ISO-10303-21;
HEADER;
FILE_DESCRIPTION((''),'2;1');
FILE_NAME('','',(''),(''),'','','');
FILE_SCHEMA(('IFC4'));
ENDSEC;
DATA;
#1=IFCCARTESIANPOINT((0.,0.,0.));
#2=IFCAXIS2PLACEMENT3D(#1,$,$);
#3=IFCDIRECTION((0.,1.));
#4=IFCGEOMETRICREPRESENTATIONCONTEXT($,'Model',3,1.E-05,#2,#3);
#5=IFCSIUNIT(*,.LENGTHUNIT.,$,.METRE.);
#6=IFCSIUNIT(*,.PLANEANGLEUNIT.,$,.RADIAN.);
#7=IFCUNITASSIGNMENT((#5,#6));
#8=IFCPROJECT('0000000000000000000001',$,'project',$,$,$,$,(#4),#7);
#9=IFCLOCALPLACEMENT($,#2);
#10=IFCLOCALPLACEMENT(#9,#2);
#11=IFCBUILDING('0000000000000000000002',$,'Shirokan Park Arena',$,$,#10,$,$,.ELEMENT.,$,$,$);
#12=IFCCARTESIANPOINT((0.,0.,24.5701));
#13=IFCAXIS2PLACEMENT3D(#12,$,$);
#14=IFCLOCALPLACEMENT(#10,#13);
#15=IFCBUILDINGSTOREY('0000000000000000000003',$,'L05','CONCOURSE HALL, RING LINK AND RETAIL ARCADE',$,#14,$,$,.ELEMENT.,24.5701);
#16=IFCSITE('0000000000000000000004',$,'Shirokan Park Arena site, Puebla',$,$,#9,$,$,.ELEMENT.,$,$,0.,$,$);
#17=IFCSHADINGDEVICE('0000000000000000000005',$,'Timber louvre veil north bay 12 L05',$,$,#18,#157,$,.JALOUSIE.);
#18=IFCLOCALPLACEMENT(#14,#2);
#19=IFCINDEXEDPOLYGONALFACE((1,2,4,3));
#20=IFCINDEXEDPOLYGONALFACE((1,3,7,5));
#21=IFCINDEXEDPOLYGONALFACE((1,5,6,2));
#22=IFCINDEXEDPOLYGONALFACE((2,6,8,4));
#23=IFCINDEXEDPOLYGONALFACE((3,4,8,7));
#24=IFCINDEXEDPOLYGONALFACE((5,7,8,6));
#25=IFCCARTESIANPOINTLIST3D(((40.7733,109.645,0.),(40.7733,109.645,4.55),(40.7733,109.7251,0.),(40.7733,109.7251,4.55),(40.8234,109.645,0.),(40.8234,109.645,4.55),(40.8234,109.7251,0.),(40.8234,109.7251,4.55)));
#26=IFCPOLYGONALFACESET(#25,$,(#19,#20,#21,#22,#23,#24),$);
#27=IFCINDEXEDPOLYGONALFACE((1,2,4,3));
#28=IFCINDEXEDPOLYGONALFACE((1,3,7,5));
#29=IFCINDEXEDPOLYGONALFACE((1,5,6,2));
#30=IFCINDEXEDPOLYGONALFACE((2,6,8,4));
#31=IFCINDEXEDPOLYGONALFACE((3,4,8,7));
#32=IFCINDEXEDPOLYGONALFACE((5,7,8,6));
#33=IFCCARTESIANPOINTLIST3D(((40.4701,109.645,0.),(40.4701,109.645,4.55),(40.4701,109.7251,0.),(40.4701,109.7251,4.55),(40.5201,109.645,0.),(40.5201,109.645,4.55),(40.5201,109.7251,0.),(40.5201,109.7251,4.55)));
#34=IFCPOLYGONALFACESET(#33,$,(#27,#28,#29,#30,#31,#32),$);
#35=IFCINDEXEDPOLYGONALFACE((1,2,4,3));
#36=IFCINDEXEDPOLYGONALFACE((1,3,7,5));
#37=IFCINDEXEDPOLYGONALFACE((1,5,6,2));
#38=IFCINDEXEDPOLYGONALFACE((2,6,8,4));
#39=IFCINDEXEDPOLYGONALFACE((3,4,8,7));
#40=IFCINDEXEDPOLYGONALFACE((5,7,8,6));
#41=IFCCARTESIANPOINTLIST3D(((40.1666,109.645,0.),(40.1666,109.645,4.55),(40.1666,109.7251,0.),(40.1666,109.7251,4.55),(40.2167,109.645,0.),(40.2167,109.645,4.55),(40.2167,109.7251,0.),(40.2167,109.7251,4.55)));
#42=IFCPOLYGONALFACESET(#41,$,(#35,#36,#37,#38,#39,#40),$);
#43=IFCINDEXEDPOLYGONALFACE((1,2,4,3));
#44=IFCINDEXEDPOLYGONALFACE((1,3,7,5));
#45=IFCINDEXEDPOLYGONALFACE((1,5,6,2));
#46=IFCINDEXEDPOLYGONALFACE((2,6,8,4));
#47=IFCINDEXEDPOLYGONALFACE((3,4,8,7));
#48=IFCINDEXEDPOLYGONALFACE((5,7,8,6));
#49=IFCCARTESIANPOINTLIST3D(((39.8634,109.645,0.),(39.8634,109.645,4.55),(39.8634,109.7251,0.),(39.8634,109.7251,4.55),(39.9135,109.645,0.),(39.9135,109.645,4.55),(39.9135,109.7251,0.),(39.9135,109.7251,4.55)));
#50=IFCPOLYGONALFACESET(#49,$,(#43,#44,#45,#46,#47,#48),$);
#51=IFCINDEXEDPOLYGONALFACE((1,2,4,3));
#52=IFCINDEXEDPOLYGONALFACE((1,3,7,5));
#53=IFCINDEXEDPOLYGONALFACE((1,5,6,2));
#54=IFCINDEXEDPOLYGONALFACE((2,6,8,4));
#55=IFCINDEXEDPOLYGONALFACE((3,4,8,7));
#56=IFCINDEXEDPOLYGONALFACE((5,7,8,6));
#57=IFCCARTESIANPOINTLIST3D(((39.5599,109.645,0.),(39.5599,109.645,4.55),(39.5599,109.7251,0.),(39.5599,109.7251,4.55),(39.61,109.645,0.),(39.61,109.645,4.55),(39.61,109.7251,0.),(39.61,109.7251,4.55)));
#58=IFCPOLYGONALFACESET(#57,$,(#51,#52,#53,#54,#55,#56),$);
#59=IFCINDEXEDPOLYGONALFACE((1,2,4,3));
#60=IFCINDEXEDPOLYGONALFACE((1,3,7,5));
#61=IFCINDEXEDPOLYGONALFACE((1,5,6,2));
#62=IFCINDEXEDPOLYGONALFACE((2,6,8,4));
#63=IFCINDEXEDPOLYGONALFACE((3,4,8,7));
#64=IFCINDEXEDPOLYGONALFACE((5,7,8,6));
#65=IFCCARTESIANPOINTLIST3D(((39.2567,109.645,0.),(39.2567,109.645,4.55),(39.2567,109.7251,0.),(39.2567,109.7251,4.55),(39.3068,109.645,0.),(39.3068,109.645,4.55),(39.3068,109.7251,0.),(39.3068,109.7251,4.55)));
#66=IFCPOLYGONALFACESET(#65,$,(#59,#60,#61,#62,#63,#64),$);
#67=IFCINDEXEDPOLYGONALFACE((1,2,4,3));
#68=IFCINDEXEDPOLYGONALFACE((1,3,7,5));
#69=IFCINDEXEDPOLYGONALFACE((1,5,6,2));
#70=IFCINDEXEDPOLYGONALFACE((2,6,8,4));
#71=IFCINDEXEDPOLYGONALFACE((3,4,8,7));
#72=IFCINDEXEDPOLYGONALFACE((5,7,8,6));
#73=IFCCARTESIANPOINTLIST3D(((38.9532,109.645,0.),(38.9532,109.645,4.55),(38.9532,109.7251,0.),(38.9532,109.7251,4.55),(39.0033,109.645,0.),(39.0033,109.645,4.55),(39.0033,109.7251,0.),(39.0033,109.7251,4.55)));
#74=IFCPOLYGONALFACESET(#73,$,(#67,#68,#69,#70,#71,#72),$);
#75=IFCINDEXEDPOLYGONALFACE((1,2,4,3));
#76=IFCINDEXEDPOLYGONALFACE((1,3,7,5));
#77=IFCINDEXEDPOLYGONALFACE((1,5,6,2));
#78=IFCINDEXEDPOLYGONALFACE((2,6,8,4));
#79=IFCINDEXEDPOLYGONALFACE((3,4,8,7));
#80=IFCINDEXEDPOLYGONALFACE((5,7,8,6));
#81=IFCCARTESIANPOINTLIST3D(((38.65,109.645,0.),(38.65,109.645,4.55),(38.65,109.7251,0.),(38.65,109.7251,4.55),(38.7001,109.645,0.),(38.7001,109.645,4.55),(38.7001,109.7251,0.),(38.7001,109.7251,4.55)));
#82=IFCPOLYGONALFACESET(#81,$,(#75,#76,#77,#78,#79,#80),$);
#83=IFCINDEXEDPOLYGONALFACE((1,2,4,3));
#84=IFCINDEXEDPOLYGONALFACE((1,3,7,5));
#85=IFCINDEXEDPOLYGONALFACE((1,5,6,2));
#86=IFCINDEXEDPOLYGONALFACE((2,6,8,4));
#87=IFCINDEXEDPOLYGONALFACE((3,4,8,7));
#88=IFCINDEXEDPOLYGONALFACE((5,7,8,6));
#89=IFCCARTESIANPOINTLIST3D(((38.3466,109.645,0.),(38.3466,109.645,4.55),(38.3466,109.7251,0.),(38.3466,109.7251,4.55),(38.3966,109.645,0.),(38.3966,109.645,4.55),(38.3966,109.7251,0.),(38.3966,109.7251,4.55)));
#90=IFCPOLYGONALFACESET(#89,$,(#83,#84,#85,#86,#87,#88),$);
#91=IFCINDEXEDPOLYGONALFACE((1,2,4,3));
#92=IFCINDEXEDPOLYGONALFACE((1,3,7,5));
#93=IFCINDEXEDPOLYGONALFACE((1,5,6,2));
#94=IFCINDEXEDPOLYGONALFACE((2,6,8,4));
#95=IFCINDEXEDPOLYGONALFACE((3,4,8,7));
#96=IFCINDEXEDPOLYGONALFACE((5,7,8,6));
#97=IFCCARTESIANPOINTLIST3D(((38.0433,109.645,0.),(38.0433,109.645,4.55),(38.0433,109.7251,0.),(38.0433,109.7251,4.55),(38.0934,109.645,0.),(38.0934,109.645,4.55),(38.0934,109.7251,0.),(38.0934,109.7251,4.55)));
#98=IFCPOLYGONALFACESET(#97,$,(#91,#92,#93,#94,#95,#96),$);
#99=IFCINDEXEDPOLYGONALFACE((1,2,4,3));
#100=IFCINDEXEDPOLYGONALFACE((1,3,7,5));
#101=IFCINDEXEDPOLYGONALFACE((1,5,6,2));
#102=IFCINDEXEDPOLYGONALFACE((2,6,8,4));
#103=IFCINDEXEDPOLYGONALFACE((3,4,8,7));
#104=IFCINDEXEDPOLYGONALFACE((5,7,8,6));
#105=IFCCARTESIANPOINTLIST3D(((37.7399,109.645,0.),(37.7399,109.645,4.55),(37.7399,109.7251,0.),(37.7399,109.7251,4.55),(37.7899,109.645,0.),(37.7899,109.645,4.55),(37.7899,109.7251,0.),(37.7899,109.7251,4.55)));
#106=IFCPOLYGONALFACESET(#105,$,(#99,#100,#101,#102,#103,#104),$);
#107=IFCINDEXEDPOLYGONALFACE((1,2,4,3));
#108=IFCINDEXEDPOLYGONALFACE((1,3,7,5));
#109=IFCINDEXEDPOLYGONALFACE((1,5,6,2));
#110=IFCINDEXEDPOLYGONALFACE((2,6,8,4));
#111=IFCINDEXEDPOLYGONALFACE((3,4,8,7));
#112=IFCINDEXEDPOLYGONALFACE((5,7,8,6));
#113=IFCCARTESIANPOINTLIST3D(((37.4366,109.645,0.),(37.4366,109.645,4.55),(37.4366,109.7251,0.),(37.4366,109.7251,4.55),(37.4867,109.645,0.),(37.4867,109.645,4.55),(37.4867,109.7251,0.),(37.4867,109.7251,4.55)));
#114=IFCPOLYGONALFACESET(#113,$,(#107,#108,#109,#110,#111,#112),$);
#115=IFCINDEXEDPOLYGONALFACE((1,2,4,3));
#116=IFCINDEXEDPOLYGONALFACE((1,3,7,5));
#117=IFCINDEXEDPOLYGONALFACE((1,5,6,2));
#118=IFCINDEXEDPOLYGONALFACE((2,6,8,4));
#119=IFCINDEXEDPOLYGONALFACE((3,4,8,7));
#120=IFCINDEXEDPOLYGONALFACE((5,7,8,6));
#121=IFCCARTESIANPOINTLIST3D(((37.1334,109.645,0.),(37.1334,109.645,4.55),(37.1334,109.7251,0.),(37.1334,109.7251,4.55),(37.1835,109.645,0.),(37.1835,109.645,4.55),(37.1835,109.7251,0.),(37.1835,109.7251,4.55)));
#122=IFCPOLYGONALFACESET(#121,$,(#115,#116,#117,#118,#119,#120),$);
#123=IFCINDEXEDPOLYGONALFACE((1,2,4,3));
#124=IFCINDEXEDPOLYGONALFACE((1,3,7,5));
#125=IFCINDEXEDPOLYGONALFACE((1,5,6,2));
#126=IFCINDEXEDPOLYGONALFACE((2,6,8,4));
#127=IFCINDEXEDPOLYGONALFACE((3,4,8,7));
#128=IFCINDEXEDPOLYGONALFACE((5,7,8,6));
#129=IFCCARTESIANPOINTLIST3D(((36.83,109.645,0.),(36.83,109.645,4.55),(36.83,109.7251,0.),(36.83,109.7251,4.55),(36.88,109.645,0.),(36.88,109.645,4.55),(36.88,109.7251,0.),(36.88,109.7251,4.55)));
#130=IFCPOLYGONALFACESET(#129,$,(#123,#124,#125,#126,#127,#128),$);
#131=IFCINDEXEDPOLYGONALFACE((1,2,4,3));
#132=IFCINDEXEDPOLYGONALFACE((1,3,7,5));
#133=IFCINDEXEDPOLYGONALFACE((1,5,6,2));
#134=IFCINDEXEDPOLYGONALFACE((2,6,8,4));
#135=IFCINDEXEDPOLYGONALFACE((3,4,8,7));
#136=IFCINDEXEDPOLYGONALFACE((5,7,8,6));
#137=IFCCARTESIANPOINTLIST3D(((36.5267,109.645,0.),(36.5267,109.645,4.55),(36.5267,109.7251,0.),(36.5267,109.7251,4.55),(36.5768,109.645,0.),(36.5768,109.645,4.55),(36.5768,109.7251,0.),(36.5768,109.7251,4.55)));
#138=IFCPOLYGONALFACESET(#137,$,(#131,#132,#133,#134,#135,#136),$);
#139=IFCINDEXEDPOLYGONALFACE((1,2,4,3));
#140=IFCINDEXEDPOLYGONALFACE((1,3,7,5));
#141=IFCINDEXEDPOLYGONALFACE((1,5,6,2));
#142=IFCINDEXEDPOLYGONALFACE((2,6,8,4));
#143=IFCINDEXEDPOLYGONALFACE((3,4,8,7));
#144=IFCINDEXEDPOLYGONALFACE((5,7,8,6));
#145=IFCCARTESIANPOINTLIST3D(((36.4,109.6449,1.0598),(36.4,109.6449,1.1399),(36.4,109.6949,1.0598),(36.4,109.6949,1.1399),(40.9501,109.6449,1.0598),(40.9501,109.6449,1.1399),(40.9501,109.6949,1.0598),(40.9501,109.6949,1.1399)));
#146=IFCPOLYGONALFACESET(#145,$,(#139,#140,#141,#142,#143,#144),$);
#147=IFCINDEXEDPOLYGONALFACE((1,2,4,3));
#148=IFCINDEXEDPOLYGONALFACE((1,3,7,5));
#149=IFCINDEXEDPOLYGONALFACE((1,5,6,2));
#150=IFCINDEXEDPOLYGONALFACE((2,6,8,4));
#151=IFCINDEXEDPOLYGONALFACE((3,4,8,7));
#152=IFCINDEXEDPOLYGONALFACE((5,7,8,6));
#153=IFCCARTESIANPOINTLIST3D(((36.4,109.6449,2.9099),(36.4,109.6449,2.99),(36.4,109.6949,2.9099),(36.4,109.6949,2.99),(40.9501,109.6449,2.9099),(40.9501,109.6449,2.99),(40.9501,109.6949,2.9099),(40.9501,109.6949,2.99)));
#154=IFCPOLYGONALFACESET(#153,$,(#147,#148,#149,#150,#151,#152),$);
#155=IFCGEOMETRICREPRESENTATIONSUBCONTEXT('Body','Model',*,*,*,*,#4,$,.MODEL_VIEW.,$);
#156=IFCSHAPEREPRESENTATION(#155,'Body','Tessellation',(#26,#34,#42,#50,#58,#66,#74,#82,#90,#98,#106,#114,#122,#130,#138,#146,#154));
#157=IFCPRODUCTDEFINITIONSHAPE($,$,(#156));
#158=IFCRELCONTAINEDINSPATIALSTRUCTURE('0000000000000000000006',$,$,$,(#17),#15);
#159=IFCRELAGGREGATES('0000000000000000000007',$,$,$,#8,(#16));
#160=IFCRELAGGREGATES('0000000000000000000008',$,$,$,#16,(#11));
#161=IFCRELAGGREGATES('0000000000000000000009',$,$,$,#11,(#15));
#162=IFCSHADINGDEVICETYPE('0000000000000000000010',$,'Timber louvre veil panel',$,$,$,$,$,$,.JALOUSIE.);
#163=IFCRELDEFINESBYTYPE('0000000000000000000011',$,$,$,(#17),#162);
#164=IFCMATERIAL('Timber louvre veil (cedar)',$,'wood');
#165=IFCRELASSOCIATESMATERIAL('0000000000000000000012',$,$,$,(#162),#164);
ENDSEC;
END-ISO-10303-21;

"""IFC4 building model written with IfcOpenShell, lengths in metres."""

from ifc_helpers import new_model, si_unit, direction, frame, origin, origin_2d, place, context, subcontext, project, spatial, rectangle, extrude, material, type_object, element, save


model = new_model("IFC4")

# Units and contexts
model_context = context("Model", 3, precision=1e-05, world=origin(), true_north=direction((0.0, 1.0)))
body_context = subcontext(model_context, "Body", "Model", "MODEL_VIEW")
ifc_project = project(units=[si_unit("LENGTHUNIT", "METRE"), si_unit("PLANEANGLEUNIT", "RADIAN")], contexts=[model_context])

# Site, building, storey
site_placement = place(None, origin())
site = spatial("IfcSite", under=ifc_project, at=site_placement, Name="Shirokan Park Arena site, Puebla", CompositionType="ELEMENT", RefElevation=0.0)
building_placement = place(site_placement, origin())
building = spatial("IfcBuilding", under=site, at=building_placement, Name="Shirokan Park Arena", CompositionType="ELEMENT")
storey_placement = place(building_placement, frame((0.0, 0.0, 24.5701)))
storey = spatial("IfcBuildingStorey", under=building, at=storey_placement, Name="L05", Description="CONCOURSE HALL, RING LINK AND RETAIL ARCADE", CompositionType="ELEMENT", Elevation=24.5701)

# Shading device
ifc_material_1 = material(Name="Timber louvre veil (cedar)", Category="wood")
shading_device_type = type_object("IfcShadingDeviceType", Name="Timber louvre veil panel", PredefinedType="JALOUSIE", material=ifc_material_1)
shading_device_1_placement = place(storey_placement, origin())
element("IfcShadingDevice", 1, at=shading_device_1_placement, inside=storey, type_object=shading_device_type, Name="Timber louvre veil north bay 12 L05", PredefinedType="JALOUSIE", context=body_context, shape_type="SweptSolid", body=[
    extrude(rectangle(XDim=0.05, YDim=0.0801, at=origin_2d()), frame((40.7983, 109.6851, 0.0), z_axis=(0.0, 0.0, 1.0), x_axis=(-1.0, 0.0, 0.0)), (0.0, 0.0, 1.0), 4.55),
    extrude(rectangle(XDim=0.05, YDim=0.0801, at=origin_2d()), frame((40.4951, 109.6851, 0.0), z_axis=(0.0, 0.0, 1.0), x_axis=(-1.0, 0.0, 0.0)), (0.0, 0.0, 1.0), 4.55),
    extrude(rectangle(XDim=0.05, YDim=0.0801, at=origin_2d()), frame((40.1917, 109.6851, 0.0), z_axis=(0.0, 0.0, 1.0), x_axis=(-1.0, 0.0, 0.0)), (0.0, 0.0, 1.0), 4.55),
    extrude(rectangle(XDim=0.05, YDim=0.0801, at=origin_2d()), frame((39.8884, 109.6851, 0.0), z_axis=(0.0, 0.0, 1.0), x_axis=(-1.0, 0.0, 0.0)), (0.0, 0.0, 1.0), 4.55),
    extrude(rectangle(XDim=0.05, YDim=0.0801, at=origin_2d()), frame((39.585, 109.6851, 0.0), z_axis=(0.0, 0.0, 1.0), x_axis=(-1.0, 0.0, 0.0)), (0.0, 0.0, 1.0), 4.55),
    extrude(rectangle(XDim=0.05, YDim=0.0801, at=origin_2d()), frame((39.2817, 109.6851, 0.0), z_axis=(0.0, 0.0, 1.0), x_axis=(-1.0, 0.0, 0.0)), (0.0, 0.0, 1.0), 4.55),
    extrude(rectangle(XDim=0.05, YDim=0.0801, at=origin_2d()), frame((38.9783, 109.6851, 0.0), z_axis=(0.0, 0.0, 1.0), x_axis=(-1.0, 0.0, 0.0)), (0.0, 0.0, 1.0), 4.55),
    extrude(rectangle(XDim=0.05, YDim=0.0801, at=origin_2d()), frame((38.675, 109.6851, 0.0), z_axis=(0.0, 0.0, 1.0), x_axis=(-1.0, 0.0, 0.0)), (0.0, 0.0, 1.0), 4.55),
    extrude(rectangle(XDim=0.05, YDim=0.0801, at=origin_2d()), frame((38.3716, 109.6851, 0.0), z_axis=(0.0, 0.0, 1.0), x_axis=(-1.0, 0.0, 0.0)), (0.0, 0.0, 1.0), 4.55),
    extrude(rectangle(XDim=0.05, YDim=0.0801, at=origin_2d()), frame((38.0684, 109.6851, 0.0), z_axis=(0.0, 0.0, 1.0), x_axis=(-1.0, 0.0, 0.0)), (0.0, 0.0, 1.0), 4.55),
    extrude(rectangle(XDim=0.05, YDim=0.0801, at=origin_2d()), frame((37.7649, 109.6851, 0.0), z_axis=(0.0, 0.0, 1.0), x_axis=(-1.0, 0.0, 0.0)), (0.0, 0.0, 1.0), 4.55),
    extrude(rectangle(XDim=0.05, YDim=0.0801, at=origin_2d()), frame((37.4617, 109.6851, 0.0), z_axis=(0.0, 0.0, 1.0), x_axis=(-1.0, 0.0, 0.0)), (0.0, 0.0, 1.0), 4.55),
    extrude(rectangle(XDim=0.05, YDim=0.0801, at=origin_2d()), frame((37.1584, 109.6851, 0.0), z_axis=(0.0, 0.0, 1.0), x_axis=(-1.0, 0.0, 0.0)), (0.0, 0.0, 1.0), 4.55),
    extrude(rectangle(XDim=0.05, YDim=0.0801, at=origin_2d()), frame((36.855, 109.6851, 0.0), z_axis=(0.0, 0.0, 1.0), x_axis=(-1.0, 0.0, 0.0)), (0.0, 0.0, 1.0), 4.55),
    extrude(rectangle(XDim=0.05, YDim=0.0801, at=origin_2d()), frame((36.5518, 109.6851, 0.0), z_axis=(0.0, 0.0, 1.0), x_axis=(-1.0, 0.0, 0.0)), (0.0, 0.0, 1.0), 4.55),
    extrude(rectangle(XDim=4.55, YDim=0.05, at=origin_2d()), frame((38.675, 109.6699, 1.0598), z_axis=(0.0, 0.0, 1.0), x_axis=(-1.0, 0.0, 0.0)), (0.0, 0.0, 1.0), 0.0801),
    extrude(rectangle(XDim=4.55, YDim=0.05, at=origin_2d()), frame((38.675, 109.6699, 2.9099), z_axis=(0.0, 0.0, 1.0), x_axis=(-1.0, 0.0, 0.0)), (0.0, 0.0, 1.0), 0.0801),
])

save(model, "model.ifc")
